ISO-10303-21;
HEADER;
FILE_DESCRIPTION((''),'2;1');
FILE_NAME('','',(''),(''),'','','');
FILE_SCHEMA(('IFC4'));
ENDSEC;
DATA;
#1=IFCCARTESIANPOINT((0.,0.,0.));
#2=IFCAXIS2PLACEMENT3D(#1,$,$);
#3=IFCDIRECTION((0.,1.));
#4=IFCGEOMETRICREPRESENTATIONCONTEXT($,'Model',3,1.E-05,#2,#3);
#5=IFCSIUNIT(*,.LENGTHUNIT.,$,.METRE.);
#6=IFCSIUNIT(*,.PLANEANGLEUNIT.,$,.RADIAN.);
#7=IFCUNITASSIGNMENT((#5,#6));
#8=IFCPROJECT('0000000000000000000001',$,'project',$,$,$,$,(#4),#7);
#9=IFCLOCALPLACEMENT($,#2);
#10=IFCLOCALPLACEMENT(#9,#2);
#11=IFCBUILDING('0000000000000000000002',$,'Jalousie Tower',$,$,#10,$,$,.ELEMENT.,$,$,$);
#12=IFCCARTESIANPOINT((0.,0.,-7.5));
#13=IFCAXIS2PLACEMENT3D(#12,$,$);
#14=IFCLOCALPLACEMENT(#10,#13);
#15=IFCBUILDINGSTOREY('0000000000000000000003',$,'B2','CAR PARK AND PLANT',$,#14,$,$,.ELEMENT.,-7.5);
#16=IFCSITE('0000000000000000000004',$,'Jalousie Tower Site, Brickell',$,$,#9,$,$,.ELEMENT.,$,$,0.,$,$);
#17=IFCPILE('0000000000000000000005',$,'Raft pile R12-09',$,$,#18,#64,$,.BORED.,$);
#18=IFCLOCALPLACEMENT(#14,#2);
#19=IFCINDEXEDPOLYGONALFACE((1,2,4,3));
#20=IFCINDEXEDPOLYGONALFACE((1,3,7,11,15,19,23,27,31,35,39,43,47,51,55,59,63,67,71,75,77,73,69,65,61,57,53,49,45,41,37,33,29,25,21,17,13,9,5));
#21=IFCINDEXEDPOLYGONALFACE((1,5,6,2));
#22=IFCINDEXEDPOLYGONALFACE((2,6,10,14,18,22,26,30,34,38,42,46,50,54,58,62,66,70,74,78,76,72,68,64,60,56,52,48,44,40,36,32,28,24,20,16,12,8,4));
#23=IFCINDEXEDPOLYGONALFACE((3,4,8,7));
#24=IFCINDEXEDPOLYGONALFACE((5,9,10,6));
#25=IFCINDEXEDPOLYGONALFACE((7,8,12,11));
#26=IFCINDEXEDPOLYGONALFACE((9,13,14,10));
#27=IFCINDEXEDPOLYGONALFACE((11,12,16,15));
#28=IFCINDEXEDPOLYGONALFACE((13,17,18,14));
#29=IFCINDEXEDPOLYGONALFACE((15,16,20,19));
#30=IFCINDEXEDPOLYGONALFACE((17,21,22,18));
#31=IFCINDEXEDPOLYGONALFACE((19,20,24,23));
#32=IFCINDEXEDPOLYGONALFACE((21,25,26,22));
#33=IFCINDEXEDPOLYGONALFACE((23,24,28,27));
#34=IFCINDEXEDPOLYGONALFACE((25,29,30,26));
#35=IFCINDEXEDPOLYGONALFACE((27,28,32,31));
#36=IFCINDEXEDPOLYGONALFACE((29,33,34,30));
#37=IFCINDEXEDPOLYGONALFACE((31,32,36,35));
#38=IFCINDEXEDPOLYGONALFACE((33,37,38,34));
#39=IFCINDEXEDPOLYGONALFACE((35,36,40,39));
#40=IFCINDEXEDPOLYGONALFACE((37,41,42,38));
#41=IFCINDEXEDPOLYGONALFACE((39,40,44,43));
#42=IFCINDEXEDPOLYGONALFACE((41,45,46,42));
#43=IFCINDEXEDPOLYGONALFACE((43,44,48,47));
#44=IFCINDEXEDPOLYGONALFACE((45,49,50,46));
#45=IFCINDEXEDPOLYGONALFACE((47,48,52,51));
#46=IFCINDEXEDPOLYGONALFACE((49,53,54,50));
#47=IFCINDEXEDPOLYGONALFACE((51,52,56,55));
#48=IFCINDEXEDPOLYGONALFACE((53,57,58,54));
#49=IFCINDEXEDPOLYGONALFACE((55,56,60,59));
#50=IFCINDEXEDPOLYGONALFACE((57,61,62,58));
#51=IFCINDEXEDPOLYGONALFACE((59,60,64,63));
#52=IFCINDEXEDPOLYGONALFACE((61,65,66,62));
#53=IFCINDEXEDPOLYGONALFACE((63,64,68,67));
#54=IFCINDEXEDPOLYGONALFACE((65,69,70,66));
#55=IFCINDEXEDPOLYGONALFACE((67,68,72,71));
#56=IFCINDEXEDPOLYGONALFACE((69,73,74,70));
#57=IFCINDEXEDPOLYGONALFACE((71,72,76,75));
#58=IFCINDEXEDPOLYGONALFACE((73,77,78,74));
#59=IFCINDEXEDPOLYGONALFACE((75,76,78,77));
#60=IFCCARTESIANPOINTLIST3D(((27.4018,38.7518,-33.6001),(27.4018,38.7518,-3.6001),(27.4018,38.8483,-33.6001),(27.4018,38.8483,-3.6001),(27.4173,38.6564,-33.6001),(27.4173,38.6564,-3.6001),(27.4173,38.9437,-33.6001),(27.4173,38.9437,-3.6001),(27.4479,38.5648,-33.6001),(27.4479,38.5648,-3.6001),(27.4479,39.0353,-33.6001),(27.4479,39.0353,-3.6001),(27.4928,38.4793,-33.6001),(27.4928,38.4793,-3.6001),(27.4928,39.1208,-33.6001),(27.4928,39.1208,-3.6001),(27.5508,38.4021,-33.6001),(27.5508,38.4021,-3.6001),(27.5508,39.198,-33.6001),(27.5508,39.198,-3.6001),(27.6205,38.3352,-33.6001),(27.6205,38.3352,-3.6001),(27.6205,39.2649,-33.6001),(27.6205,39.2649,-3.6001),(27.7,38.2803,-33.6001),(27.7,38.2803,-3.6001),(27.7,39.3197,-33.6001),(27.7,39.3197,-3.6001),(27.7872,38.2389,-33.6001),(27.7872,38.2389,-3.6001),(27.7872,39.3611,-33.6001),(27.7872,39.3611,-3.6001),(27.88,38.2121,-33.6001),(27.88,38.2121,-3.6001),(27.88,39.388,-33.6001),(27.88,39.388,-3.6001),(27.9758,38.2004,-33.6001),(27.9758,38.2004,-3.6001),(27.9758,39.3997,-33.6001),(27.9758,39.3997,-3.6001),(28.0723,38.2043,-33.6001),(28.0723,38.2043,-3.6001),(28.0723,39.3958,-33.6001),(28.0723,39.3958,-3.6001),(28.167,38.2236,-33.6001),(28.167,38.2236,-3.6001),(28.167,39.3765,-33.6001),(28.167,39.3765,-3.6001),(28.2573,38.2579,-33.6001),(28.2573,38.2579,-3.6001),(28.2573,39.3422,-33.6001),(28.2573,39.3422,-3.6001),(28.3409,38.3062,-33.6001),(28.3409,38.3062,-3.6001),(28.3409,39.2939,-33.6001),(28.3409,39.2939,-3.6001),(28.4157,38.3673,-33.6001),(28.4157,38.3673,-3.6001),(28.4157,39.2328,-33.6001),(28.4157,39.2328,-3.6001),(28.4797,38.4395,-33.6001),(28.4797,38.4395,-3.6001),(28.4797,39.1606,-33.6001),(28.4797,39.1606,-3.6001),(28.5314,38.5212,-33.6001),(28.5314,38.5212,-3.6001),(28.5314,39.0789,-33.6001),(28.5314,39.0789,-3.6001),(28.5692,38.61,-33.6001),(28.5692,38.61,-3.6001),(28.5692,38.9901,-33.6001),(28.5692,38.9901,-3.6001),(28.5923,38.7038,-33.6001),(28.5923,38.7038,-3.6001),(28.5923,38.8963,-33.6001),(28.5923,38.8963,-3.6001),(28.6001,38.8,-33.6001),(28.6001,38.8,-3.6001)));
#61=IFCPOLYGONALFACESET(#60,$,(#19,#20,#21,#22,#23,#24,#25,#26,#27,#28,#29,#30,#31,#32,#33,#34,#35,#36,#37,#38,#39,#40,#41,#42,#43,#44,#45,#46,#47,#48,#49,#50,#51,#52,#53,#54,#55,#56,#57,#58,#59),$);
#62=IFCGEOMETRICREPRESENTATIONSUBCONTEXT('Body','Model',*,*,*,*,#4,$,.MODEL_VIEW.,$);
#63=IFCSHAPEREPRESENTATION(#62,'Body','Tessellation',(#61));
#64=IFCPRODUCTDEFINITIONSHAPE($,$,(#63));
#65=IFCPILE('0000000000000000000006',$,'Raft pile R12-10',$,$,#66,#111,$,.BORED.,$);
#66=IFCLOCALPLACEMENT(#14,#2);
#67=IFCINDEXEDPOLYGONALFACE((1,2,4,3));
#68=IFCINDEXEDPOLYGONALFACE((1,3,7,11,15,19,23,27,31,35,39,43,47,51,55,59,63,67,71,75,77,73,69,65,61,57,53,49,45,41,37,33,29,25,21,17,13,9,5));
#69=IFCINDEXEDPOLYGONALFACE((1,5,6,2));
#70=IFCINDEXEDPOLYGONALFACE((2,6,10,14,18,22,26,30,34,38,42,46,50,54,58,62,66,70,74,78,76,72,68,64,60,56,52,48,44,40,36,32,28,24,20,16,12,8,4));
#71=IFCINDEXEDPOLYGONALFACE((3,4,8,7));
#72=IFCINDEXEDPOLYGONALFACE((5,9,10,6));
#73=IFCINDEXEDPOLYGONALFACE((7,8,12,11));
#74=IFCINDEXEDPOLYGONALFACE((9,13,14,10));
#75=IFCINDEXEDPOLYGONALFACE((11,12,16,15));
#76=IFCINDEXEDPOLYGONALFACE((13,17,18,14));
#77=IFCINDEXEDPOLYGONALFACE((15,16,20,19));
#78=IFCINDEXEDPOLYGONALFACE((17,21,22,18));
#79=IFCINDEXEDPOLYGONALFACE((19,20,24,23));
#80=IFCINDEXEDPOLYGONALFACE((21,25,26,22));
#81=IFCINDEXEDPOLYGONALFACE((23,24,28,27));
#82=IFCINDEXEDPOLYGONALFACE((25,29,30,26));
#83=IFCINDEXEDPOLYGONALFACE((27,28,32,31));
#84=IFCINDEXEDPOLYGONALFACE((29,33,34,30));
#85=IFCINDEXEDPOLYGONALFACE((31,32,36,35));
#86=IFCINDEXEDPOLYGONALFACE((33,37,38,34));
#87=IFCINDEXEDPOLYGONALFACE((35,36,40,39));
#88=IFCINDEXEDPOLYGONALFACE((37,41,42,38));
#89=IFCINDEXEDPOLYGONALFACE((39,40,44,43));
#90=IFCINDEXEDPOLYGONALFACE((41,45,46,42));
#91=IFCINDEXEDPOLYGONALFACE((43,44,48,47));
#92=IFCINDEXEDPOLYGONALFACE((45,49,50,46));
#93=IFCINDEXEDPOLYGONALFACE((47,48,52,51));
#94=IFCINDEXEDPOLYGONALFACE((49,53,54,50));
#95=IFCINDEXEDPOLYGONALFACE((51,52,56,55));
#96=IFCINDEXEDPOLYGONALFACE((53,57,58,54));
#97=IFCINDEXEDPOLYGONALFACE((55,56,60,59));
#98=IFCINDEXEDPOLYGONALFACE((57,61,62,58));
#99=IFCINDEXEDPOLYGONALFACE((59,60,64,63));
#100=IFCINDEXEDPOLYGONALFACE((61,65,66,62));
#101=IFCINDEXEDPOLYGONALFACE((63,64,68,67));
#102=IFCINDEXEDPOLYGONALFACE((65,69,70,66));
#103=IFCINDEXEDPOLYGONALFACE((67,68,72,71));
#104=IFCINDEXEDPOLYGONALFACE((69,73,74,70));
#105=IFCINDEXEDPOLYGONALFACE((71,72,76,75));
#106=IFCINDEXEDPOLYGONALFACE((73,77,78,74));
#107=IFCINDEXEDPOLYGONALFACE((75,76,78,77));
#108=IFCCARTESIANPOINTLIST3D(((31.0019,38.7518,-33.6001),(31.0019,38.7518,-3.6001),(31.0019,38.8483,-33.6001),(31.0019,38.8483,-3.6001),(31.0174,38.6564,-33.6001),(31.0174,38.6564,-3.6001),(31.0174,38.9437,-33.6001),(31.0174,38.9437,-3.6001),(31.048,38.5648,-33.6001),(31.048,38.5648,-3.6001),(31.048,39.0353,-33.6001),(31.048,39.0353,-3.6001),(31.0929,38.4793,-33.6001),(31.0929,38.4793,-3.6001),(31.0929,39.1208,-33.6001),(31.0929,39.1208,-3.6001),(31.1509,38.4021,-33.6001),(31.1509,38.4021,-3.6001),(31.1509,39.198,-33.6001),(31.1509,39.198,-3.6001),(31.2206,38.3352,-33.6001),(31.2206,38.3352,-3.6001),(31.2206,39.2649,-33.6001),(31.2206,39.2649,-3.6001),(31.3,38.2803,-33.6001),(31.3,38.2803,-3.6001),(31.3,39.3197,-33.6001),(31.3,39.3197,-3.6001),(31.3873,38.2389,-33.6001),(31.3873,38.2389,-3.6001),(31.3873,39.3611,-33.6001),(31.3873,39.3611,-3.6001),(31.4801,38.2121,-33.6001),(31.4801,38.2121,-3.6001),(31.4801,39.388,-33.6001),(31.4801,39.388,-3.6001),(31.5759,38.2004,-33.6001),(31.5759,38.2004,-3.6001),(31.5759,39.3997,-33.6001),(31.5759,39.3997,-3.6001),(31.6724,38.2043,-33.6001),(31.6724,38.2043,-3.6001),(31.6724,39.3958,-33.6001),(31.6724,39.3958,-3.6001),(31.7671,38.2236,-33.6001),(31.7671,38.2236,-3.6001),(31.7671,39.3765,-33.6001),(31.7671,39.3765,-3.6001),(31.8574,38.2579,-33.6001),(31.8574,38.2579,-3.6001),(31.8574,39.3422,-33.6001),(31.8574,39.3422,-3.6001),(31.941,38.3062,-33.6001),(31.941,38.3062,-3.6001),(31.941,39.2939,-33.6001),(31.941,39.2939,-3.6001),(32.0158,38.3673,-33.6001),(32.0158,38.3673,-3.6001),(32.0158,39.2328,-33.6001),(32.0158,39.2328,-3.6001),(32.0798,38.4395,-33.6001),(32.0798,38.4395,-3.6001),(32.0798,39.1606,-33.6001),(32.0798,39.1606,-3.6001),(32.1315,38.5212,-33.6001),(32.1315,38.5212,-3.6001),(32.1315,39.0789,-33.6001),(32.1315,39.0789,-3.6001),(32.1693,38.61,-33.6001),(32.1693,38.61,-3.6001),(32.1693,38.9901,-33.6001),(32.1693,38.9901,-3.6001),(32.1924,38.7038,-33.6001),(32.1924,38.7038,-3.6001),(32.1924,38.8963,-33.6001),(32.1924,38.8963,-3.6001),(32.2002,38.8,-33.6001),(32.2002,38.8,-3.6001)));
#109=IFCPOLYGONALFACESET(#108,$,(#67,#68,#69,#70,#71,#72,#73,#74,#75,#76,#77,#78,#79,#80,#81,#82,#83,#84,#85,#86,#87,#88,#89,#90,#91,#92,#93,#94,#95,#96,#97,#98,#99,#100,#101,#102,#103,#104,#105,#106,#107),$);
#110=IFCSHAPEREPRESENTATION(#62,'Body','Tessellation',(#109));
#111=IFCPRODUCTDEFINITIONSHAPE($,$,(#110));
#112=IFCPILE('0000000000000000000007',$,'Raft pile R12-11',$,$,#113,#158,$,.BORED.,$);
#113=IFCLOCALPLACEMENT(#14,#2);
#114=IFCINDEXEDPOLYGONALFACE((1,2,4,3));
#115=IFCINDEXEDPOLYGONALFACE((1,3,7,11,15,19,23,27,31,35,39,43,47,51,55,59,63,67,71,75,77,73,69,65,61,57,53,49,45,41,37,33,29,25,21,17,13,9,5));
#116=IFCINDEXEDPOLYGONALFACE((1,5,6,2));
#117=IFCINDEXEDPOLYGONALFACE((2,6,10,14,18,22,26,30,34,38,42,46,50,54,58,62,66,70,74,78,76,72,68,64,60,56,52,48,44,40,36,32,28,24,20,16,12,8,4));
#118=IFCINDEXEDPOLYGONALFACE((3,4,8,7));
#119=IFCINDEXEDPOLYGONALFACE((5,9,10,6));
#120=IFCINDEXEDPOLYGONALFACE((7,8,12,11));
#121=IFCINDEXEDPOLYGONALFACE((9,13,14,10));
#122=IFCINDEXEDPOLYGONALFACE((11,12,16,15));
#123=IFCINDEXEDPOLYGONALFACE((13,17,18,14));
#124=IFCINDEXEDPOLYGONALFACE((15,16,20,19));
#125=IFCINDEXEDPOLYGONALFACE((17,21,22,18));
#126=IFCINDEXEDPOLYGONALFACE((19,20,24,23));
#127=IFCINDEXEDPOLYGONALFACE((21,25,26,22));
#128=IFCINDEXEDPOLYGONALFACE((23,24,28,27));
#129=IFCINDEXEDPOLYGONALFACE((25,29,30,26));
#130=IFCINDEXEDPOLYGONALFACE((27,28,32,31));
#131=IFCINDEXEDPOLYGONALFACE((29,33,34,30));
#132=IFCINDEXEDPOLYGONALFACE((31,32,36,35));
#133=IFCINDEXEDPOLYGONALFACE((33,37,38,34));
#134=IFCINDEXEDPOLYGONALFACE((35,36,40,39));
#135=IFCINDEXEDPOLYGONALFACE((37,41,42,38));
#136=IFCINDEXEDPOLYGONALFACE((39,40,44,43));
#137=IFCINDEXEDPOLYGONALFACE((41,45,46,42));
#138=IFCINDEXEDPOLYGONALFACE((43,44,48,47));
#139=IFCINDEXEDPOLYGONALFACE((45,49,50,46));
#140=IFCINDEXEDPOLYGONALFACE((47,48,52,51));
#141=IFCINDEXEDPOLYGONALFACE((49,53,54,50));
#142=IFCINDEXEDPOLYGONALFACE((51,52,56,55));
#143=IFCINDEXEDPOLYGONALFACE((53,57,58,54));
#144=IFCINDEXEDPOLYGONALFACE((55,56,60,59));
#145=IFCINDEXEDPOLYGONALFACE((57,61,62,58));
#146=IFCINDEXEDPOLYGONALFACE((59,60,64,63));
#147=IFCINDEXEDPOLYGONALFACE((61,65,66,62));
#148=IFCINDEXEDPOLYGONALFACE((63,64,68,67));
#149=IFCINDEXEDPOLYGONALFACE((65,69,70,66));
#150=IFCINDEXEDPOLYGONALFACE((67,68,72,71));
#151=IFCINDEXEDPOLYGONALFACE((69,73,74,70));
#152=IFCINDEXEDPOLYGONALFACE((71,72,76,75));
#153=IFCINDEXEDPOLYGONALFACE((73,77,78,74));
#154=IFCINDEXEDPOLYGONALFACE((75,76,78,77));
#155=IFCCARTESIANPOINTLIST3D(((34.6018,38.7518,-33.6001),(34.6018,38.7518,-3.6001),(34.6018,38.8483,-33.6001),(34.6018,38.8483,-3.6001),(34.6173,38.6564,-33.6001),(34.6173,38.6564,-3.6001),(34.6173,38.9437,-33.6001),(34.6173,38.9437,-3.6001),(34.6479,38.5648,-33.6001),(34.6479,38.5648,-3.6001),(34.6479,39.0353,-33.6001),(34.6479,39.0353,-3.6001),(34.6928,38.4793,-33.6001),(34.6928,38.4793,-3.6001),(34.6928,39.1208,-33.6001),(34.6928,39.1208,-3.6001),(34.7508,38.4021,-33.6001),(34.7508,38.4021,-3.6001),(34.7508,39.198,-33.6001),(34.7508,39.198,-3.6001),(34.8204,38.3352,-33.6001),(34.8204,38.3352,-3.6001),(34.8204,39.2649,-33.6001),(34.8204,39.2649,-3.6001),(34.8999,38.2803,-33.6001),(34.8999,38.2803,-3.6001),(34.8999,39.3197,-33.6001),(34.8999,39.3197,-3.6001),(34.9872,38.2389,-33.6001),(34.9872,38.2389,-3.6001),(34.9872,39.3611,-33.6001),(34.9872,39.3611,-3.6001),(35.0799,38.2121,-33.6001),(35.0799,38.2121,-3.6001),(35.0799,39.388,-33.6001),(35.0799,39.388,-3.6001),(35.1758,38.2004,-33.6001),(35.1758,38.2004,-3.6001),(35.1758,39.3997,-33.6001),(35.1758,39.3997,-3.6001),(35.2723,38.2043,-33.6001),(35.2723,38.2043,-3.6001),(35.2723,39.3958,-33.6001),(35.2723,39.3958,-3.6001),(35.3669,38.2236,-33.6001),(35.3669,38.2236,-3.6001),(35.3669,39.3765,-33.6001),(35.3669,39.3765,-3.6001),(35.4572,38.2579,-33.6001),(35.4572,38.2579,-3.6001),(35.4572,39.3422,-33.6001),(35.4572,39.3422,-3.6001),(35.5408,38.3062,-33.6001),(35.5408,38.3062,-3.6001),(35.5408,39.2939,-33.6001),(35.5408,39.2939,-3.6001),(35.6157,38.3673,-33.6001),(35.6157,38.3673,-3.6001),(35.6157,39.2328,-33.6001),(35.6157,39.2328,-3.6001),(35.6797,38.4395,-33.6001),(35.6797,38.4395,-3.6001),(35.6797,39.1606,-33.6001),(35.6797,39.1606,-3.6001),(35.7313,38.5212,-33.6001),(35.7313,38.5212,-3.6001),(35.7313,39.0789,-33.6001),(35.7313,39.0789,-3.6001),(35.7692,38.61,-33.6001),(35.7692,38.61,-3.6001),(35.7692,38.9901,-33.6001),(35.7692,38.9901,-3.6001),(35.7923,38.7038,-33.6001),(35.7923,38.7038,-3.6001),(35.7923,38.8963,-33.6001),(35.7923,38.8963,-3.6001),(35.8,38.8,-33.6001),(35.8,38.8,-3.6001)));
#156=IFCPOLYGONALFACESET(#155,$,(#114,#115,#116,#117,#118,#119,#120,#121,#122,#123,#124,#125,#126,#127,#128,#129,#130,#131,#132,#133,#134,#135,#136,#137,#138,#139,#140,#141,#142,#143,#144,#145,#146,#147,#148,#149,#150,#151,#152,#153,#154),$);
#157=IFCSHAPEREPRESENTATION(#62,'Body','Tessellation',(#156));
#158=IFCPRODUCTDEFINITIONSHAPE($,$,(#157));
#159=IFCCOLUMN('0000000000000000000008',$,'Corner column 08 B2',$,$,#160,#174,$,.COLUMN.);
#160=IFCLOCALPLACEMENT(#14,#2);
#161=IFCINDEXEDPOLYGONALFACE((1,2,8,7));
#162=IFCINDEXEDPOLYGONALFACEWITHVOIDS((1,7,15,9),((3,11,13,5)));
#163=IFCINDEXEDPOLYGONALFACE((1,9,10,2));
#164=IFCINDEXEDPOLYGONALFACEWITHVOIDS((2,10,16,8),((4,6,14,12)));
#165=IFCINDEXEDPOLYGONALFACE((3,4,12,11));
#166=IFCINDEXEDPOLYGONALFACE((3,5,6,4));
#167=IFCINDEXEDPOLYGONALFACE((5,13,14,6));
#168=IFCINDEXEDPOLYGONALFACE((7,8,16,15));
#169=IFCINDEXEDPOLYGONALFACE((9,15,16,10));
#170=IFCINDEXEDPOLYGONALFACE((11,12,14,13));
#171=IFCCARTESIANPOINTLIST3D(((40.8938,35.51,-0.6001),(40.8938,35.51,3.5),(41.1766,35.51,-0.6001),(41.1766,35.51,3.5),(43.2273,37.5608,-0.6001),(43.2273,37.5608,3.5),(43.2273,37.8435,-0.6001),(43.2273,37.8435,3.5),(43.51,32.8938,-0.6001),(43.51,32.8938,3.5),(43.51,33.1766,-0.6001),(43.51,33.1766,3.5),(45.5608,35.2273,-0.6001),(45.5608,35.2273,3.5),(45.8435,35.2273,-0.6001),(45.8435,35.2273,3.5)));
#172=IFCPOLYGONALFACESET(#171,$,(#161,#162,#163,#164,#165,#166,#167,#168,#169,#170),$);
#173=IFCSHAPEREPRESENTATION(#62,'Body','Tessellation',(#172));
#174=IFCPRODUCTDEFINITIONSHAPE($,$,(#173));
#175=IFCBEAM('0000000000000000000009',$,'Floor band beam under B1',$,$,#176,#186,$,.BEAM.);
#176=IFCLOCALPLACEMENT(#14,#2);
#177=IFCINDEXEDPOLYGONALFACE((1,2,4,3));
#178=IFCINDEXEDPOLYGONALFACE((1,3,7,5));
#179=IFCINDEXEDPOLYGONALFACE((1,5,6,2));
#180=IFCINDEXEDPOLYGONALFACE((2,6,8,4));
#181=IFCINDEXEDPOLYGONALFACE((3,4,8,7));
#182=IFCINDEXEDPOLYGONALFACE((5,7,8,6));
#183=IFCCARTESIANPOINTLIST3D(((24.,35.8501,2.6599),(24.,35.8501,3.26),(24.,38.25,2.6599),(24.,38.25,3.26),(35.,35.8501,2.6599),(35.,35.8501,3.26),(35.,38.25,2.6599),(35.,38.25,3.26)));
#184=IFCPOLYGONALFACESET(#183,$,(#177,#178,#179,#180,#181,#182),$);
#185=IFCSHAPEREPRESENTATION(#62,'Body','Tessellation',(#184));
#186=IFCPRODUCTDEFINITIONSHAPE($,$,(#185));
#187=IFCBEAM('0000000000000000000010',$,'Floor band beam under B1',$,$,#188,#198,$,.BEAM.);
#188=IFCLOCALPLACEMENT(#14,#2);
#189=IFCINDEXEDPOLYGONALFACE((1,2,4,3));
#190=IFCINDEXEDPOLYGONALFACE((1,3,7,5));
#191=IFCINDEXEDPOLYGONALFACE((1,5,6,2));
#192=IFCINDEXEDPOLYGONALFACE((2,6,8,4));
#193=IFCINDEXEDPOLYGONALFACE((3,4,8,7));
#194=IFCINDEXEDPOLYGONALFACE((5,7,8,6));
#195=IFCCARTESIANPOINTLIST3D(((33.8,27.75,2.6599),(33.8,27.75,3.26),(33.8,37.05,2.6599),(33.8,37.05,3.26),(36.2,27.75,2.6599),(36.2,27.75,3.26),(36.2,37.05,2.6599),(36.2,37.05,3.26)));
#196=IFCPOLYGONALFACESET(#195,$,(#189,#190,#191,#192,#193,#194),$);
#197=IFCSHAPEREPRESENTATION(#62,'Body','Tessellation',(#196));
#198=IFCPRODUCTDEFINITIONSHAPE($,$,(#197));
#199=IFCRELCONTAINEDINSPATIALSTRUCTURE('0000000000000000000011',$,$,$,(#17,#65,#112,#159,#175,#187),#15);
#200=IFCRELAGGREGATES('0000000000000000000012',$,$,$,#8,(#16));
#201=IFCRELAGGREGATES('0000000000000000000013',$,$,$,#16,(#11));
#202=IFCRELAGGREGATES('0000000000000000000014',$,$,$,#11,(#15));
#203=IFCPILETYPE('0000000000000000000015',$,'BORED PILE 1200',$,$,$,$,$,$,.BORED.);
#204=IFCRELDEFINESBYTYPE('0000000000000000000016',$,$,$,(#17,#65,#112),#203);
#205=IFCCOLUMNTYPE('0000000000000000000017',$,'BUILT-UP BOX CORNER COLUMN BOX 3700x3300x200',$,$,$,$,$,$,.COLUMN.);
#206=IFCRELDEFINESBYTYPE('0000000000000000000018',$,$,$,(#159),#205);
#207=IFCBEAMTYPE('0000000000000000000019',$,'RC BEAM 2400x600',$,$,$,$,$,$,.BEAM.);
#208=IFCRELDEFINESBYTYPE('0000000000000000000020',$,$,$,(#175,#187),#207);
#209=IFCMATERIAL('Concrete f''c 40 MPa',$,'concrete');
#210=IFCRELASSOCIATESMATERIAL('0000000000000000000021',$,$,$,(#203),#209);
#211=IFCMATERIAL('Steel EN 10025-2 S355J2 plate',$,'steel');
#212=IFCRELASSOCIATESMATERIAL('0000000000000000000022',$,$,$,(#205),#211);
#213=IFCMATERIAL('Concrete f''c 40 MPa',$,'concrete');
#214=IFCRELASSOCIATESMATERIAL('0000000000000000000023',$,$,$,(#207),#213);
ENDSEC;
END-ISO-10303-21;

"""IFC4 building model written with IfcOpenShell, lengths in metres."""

from ifc_helpers import new_model, si_unit, direction, frame, origin, origin_2d, place, context, subcontext, project, spatial, rectangle, hollow_rectangle, circle, extrude, material, material_profile, profile_set, type_object, element, save


model = new_model("IFC4")

# Units and contexts
model_context = context("Model", 3, precision=1e-05, world=origin(), true_north=direction((0.0, 1.0)))
body_context = subcontext(model_context, "Body", "Model", "MODEL_VIEW")
ifc_project = project(units=[si_unit("LENGTHUNIT", "METRE"), si_unit("PLANEANGLEUNIT", "RADIAN")], contexts=[model_context])

# Site, building, storey
site_placement = place(None, origin())
site = spatial("IfcSite", under=ifc_project, at=site_placement, Name="Jalousie Tower Site, Brickell", CompositionType="ELEMENT", RefElevation=0.0)
building_placement = place(site_placement, origin())
building = spatial("IfcBuilding", under=site, at=building_placement, Name="Jalousie Tower", CompositionType="ELEMENT")
storey_placement = place(building_placement, frame((0.0, 0.0, -7.5)))
storey = spatial("IfcBuildingStorey", under=building, at=storey_placement, Name="B2", Description="CAR PARK AND PLANT", CompositionType="ELEMENT", Elevation=-7.5)

# Piles
ifc_material_1 = material(Name="Concrete f'c 40 MPa", Category="concrete")
ifc_material_profile_1 = material_profile(ifc_material_1, circle(Radius=0.6001, at=origin_2d()), Name="BORED PILE D1200")
ifc_profile_set_1 = profile_set([ifc_material_profile_1], Name="Concrete f'c 40 MPa")
pile_type = type_object("IfcPileType", Name="BORED PILE 1200", PredefinedType="BORED", material=ifc_profile_set_1)
for number, where, z_axis, x_axis, name in (
    (1, (28.0, 38.8, -3.6001), (0.0, 0.0, -1.0), (1.0, 0.0, 0.0), "Raft pile R12-09"),
    (2, (31.6001, 38.8, -3.6001), (0.0, 0.0, -1.0), (1.0, 0.0, 0.0), "Raft pile R12-10"),
    (3, (35.2, 38.8, -3.6001), (0.0, 0.0, -1.0), (1.0, 0.0, 0.0), "Raft pile R12-11"),
):
    element("IfcPile", number, at=place(storey_placement, frame(where, z_axis=z_axis, x_axis=x_axis)), inside=storey, type_object=pile_type, Name=name, PredefinedType="BORED", context=body_context, shape_type="SweptSolid", body=[
        extrude(circle(Radius=0.6001, at=origin_2d()), origin(), (0.0, 0.0, 1.0), 30.0),
    ])

# Column
ifc_material_2 = material(Name="Steel EN 10025-2 S355J2 plate", Category="steel")
ifc_material_profile_2 = material_profile(ifc_material_2, hollow_rectangle(XDim=3.3, YDim=3.7, WallThickness=0.2, at=origin_2d()), Name="BOX 3700x3300x200")
ifc_profile_set_2 = profile_set([ifc_material_profile_2], Name="Steel EN 10025-2 S355J2 plate")
column_type = type_object("IfcColumnType", Name="BUILT-UP BOX CORNER COLUMN BOX 3700x3300x200", PredefinedType="COLUMN", material=ifc_profile_set_2)
column_placement = place(storey_placement, frame((43.3687, 35.3687, -0.6001), z_axis=(0.0, 0.0, 1.0), x_axis=(-0.707107, -0.707107, 0.0)))
element("IfcColumn", 4, at=column_placement, inside=storey, type_object=column_type, Name="Corner column 08 B2", PredefinedType="COLUMN", context=body_context, shape_type="SweptSolid", body=[
    extrude(hollow_rectangle(XDim=3.3, YDim=3.7, WallThickness=0.2, at=origin_2d()), origin(), (0.0, 0.0, 1.0), 4.1001),
])

# Beams
ifc_material_3 = material(Name="Concrete f'c 40 MPa", Category="concrete")
ifc_material_profile_3 = material_profile(ifc_material_3, rectangle(XDim=2.3999, YDim=0.6001, at=origin_2d()), Name="RC 2400x600")
ifc_profile_set_3 = profile_set([ifc_material_profile_3], Name="Concrete f'c 40 MPa")
beam_type = type_object("IfcBeamType", Name="RC BEAM 2400x600", PredefinedType="BEAM", material=ifc_profile_set_3)
beam_1_placement = place(storey_placement, frame((35.0, 37.05, 2.96), z_axis=(-1.0, 0.0, 0.0), x_axis=(0.0, -1.0, 0.0)))
element("IfcBeam", 5, at=beam_1_placement, inside=storey, type_object=beam_type, Name="Floor band beam under B1", PredefinedType="BEAM", context=body_context, shape_type="SweptSolid", body=[
    extrude(rectangle(XDim=2.3999, YDim=0.6001, at=origin_2d()), origin(), (0.0, 0.0, 1.0), 11.0),
])
beam_2_placement = place(storey_placement, frame((35.0, 37.05, 2.96), z_axis=(0.0, -1.0, 0.0), x_axis=(1.0, 0.0, 0.0)))
element("IfcBeam", 6, at=beam_2_placement, inside=storey, type_object=beam_type, Name="Floor band beam under B1", PredefinedType="BEAM", context=body_context, shape_type="SweptSolid", body=[
    extrude(rectangle(XDim=2.3999, YDim=0.6001, at=origin_2d()), origin(), (0.0, 0.0, 1.0), 9.3),
])

save(model, "model.ifc")
